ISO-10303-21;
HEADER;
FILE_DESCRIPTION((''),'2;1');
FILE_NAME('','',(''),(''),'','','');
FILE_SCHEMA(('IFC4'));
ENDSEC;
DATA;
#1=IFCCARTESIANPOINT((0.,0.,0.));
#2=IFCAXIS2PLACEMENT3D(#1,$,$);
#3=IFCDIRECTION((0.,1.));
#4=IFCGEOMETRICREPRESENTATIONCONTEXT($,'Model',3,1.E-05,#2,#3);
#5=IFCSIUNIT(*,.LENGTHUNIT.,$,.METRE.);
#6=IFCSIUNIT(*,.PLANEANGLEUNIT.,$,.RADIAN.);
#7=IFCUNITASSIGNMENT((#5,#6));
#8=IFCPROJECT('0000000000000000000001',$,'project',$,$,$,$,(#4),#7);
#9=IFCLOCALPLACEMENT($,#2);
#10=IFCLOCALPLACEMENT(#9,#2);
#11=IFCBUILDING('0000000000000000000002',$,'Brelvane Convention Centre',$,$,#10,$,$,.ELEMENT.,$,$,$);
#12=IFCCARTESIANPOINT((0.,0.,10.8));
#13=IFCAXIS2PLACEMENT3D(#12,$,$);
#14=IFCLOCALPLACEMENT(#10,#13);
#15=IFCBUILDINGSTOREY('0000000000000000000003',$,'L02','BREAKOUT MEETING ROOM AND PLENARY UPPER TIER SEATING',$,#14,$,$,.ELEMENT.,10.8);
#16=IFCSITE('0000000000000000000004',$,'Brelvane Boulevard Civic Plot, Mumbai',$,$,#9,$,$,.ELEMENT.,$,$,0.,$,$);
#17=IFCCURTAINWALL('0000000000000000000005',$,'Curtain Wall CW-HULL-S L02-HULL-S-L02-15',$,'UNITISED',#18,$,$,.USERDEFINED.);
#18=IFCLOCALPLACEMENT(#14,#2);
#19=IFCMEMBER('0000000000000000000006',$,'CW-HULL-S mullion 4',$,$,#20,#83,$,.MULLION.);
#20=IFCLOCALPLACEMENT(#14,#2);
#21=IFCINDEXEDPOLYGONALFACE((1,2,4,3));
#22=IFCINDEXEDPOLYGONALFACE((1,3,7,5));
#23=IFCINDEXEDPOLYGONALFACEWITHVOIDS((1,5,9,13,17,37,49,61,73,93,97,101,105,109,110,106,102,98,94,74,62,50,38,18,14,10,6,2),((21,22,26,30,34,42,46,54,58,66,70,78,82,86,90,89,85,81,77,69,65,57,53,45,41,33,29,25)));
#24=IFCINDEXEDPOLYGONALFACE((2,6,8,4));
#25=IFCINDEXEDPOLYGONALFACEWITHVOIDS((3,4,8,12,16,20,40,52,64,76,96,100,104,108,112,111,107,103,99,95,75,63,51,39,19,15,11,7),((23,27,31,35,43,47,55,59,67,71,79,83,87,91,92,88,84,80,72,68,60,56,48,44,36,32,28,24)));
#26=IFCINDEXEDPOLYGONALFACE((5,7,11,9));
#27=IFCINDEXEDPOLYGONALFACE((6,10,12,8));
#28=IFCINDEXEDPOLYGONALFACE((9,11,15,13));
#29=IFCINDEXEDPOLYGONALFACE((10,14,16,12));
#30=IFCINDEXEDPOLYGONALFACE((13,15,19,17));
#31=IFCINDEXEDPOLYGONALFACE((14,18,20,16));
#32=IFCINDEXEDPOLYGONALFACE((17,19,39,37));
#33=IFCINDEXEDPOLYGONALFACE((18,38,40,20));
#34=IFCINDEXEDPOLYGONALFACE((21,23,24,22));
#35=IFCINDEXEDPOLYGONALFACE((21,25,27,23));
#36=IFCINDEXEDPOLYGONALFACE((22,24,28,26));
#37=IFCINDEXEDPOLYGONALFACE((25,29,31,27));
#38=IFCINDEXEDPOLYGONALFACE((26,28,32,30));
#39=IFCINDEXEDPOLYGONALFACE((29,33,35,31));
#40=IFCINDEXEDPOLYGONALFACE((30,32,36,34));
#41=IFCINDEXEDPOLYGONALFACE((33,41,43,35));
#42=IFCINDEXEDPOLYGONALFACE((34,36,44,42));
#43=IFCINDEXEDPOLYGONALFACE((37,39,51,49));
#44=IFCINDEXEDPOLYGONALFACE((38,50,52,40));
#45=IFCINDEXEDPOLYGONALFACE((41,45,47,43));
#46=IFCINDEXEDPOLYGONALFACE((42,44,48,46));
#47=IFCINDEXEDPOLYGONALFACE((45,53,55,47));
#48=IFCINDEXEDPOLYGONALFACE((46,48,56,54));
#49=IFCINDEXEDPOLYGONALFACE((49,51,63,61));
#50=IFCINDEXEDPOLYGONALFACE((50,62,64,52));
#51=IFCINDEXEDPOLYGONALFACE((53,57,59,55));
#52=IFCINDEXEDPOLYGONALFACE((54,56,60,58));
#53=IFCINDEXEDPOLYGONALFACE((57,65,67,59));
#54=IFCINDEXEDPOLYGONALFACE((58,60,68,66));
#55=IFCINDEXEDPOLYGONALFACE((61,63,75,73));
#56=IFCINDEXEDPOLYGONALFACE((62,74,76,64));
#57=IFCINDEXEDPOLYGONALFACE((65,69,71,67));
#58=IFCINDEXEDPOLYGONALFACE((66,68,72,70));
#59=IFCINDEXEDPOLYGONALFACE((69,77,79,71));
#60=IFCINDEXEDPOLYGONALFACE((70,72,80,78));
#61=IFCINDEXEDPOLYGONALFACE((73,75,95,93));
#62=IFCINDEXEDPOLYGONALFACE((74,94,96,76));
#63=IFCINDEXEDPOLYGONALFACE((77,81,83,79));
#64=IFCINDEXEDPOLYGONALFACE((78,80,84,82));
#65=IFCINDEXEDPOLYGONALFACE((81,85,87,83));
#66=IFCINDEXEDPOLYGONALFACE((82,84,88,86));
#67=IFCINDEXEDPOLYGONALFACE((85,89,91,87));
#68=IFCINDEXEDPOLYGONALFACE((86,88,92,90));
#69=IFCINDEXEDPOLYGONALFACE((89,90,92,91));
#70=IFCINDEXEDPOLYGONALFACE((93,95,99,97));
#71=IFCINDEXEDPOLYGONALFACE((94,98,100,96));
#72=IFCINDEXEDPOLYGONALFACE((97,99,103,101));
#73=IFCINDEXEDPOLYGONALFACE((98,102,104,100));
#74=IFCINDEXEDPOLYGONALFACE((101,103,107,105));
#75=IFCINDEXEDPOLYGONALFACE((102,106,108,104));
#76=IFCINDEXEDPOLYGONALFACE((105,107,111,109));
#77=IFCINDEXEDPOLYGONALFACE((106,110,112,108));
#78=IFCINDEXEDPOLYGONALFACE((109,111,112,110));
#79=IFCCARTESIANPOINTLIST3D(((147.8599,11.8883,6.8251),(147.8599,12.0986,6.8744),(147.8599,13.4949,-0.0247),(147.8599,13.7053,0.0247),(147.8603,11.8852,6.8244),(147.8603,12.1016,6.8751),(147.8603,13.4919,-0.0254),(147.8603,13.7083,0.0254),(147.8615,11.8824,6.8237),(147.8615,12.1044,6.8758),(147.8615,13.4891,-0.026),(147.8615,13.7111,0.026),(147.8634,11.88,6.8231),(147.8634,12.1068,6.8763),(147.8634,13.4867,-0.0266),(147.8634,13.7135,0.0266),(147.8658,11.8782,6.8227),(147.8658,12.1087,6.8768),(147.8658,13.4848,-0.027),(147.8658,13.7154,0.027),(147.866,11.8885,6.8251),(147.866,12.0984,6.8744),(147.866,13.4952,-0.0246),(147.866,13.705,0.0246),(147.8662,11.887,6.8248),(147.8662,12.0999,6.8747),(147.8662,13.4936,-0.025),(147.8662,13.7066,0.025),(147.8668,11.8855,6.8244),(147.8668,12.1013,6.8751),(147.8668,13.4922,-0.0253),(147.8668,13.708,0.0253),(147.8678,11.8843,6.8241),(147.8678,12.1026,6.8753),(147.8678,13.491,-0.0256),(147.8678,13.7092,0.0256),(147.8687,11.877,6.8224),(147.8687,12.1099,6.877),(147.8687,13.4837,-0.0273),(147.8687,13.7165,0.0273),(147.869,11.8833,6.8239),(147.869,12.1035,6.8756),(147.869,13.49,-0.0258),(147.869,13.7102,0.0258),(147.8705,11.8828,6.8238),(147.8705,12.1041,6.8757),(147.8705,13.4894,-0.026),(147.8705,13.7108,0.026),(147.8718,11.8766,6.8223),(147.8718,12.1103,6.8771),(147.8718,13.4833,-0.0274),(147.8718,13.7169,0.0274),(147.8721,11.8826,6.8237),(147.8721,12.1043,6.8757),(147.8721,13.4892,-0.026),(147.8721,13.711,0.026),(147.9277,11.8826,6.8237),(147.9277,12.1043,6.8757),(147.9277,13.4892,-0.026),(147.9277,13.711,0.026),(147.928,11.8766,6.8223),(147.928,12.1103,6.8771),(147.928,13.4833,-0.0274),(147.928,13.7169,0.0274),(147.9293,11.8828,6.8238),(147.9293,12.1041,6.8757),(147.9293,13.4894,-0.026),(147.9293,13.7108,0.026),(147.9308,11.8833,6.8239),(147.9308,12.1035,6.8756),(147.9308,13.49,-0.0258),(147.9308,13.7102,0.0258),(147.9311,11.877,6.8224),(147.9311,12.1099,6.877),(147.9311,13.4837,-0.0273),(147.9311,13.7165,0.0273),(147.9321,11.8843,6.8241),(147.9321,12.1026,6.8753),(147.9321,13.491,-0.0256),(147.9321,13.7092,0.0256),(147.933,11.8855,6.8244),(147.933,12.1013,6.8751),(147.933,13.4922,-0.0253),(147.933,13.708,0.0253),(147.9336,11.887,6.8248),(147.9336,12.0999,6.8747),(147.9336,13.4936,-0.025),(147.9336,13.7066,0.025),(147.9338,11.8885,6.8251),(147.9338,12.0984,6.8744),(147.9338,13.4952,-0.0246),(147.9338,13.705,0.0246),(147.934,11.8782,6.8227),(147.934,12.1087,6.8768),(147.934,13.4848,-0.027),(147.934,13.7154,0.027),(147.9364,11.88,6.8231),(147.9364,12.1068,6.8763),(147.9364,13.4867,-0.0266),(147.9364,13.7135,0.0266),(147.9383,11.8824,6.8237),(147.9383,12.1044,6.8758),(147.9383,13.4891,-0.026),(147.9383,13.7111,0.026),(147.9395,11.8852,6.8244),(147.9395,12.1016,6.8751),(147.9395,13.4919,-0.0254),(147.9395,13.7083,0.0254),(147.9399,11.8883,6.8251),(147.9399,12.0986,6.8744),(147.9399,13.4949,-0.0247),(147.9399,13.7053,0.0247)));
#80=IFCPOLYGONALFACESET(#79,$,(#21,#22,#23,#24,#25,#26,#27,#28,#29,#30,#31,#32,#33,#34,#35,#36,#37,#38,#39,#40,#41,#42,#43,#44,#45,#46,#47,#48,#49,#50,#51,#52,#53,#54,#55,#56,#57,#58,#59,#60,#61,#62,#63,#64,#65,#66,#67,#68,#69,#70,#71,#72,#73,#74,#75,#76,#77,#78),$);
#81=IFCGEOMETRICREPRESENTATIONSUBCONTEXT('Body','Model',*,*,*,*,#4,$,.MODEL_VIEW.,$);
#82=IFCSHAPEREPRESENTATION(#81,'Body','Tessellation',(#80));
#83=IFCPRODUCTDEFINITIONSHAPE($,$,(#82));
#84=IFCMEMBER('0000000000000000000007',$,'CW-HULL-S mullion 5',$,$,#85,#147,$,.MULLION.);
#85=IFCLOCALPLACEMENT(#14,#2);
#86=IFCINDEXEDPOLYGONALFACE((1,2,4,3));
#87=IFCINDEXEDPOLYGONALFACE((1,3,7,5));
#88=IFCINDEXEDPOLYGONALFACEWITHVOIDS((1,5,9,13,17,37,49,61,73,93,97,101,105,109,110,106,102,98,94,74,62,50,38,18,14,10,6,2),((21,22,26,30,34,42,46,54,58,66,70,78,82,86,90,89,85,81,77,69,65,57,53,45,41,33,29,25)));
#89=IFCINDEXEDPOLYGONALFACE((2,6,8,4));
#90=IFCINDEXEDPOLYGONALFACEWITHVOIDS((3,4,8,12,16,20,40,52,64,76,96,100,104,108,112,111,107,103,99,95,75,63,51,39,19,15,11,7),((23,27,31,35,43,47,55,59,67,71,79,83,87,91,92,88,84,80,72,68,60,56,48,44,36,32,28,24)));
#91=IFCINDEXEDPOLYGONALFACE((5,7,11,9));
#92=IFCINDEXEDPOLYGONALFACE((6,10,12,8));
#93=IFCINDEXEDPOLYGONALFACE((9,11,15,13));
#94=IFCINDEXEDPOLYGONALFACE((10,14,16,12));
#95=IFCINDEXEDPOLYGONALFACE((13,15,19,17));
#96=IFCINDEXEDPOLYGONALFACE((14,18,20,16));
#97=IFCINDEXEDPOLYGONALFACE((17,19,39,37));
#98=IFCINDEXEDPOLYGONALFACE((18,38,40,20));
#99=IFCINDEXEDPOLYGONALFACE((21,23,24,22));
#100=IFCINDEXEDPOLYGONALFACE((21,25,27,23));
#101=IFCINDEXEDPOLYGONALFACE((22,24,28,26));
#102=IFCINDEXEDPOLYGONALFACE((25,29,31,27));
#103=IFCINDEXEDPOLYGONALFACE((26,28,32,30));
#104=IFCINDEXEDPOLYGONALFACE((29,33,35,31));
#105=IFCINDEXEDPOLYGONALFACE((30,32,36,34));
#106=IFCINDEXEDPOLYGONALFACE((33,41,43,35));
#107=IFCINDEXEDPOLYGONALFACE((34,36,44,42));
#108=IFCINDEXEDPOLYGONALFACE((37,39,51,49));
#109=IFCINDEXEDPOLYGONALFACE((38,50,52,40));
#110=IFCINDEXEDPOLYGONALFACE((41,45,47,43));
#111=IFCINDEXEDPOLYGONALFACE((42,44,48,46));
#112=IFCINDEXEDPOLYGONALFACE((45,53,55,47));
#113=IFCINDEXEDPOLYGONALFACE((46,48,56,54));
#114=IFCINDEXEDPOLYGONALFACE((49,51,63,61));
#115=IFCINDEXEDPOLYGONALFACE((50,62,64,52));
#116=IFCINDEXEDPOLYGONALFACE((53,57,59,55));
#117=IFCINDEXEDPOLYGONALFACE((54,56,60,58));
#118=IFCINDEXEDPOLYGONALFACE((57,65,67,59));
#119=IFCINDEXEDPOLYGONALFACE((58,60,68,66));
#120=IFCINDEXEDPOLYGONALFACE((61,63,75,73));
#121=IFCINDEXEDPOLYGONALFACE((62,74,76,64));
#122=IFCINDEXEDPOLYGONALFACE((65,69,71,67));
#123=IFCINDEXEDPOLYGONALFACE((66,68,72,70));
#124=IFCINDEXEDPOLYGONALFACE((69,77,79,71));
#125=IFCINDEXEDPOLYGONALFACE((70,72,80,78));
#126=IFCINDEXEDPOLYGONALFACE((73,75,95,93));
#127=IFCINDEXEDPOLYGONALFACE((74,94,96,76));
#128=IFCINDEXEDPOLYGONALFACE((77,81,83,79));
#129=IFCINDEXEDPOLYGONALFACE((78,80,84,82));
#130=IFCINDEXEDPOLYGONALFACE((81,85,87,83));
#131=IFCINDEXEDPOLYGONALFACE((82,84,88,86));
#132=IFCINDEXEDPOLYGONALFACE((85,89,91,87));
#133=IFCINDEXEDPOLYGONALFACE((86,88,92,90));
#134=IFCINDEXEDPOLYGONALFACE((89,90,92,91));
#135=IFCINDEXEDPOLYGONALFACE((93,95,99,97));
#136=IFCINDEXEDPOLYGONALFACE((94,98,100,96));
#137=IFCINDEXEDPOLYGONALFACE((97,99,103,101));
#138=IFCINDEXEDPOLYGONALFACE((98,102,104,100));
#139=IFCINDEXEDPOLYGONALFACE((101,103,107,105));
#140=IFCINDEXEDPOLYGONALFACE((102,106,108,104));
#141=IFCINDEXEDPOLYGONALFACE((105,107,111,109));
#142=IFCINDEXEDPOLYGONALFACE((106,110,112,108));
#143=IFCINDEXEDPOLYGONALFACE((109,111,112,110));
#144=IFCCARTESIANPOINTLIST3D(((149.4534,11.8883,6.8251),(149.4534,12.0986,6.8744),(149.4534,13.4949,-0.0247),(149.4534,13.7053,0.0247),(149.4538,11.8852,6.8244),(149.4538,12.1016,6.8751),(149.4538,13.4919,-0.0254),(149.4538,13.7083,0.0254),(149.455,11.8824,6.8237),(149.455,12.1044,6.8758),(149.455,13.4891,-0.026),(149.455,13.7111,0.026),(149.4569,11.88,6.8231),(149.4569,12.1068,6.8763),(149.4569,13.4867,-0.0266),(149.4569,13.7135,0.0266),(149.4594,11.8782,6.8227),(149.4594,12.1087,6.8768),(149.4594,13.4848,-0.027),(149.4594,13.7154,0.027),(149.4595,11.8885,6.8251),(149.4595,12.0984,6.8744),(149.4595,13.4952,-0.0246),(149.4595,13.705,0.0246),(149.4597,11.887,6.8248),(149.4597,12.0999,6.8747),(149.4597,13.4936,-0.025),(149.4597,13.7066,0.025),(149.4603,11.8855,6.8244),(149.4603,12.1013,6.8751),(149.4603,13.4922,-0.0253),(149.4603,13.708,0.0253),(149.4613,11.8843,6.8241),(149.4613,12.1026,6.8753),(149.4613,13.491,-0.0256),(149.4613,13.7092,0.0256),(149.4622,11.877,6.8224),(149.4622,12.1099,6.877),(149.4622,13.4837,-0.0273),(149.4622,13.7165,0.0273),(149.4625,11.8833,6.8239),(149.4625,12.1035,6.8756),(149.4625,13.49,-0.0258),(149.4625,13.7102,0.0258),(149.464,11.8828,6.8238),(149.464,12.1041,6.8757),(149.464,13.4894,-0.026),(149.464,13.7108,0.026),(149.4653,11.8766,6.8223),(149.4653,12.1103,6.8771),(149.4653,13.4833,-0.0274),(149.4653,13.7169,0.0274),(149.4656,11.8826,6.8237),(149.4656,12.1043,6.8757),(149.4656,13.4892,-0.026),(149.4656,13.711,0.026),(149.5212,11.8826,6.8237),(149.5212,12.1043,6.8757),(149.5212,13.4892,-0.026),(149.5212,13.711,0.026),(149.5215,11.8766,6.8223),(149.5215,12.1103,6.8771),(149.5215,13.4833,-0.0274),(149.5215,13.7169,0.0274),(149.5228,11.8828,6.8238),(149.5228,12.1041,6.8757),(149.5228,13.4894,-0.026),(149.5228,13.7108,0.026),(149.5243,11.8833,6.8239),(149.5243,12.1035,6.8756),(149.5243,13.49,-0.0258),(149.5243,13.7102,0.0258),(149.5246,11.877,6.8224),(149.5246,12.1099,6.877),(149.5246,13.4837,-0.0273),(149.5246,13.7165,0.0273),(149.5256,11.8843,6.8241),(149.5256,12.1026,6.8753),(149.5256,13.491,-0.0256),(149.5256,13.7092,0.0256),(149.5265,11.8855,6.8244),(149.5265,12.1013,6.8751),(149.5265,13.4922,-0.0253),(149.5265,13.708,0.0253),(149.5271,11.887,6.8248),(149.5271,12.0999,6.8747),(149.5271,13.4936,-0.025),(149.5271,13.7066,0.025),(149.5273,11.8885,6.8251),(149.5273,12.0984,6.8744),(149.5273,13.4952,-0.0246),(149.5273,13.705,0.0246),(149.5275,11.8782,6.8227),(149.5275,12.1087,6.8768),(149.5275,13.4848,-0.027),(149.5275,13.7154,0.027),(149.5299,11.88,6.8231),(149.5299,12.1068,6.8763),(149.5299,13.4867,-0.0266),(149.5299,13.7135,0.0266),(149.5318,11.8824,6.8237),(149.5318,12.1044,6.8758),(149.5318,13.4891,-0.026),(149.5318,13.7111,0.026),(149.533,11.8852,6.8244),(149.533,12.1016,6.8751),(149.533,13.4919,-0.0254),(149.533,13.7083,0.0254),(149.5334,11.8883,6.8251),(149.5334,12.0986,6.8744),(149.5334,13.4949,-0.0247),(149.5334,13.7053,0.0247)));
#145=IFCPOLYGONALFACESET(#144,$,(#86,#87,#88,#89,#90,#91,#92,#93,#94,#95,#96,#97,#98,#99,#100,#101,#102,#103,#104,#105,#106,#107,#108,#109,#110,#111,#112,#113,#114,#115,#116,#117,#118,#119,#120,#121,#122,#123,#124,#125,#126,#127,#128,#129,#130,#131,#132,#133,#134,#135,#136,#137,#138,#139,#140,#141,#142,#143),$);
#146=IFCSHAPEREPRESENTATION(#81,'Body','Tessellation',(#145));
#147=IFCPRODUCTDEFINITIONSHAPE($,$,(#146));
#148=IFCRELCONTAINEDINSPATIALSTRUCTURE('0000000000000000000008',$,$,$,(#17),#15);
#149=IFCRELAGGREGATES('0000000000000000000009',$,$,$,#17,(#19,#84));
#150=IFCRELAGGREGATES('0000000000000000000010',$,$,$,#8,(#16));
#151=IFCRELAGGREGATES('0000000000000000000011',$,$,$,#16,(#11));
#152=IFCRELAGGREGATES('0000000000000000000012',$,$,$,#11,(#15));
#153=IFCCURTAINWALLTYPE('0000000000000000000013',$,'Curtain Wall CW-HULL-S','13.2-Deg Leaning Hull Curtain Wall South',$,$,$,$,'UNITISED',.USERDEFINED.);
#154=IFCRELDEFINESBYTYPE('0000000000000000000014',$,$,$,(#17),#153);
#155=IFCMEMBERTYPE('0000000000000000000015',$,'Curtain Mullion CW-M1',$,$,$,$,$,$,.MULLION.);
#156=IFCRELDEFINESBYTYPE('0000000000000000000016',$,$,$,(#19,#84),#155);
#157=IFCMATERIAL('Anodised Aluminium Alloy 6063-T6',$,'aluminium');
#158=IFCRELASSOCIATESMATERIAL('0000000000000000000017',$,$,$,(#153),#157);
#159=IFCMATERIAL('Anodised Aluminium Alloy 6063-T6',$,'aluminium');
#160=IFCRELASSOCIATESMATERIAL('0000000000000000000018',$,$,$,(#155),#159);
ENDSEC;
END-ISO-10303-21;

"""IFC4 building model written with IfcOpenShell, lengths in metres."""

from ifc_helpers import new_model, si_unit, direction, frame, origin, origin_2d, place, context, subcontext, project, spatial, hollow_rectangle, extrude, material, material_profile, profile_set, type_object, element, aggregate, save


model = new_model("IFC4")

# Units and contexts
model_context = context("Model", 3, precision=1e-05, world=origin(), true_north=direction((0.0, 1.0)))
body_context = subcontext(model_context, "Body", "Model", "MODEL_VIEW")
ifc_project = project(units=[si_unit("LENGTHUNIT", "METRE"), si_unit("PLANEANGLEUNIT", "RADIAN")], contexts=[model_context])

# Site, building, storey
site_placement = place(None, origin())
site = spatial("IfcSite", under=ifc_project, at=site_placement, Name="Brelvane Boulevard Civic Plot, Mumbai", CompositionType="ELEMENT", RefElevation=0.0)
building_placement = place(site_placement, origin())
building = spatial("IfcBuilding", under=site, at=building_placement, Name="Brelvane Convention Centre", CompositionType="ELEMENT")
storey_placement = place(building_placement, frame((0.0, 0.0, 10.8)))
storey = spatial("IfcBuildingStorey", under=building, at=storey_placement, Name="L02", Description="BREAKOUT MEETING ROOM AND PLENARY UPPER TIER SEATING", CompositionType="ELEMENT", Elevation=10.8)

# Curtain wall, members
ifc_material_1 = material(Name="Anodised Aluminium Alloy 6063-T6", Category="aluminium")
curtain_wall_type = type_object("IfcCurtainWallType", Name="Curtain Wall CW-HULL-S", Description="13.2-Deg Leaning Hull Curtain Wall South", ElementType="UNITISED", PredefinedType="USERDEFINED", material=ifc_material_1)
curtain_wall_1_placement = place(storey_placement, origin())
curtain_wall_1 = element("IfcCurtainWall", 1, at=curtain_wall_1_placement, inside=storey, type_object=curtain_wall_type, Name="Curtain Wall CW-HULL-S L02-HULL-S-L02-15", ObjectType="UNITISED", PredefinedType="USERDEFINED")
ifc_material_2 = material(Name="Anodised Aluminium Alloy 6063-T6", Category="aluminium")
ifc_material_profile_1 = material_profile(ifc_material_2, hollow_rectangle(XDim=0.0801, YDim=0.24, WallThickness=0.0061, InnerFilletRadius=0.0061, OuterFilletRadius=0.012, at=origin_2d()), Name="ALU-M 240x80x6.0")
ifc_profile_set_1 = profile_set([ifc_material_profile_1], Name="Anodised Aluminium Alloy 6063-T6")
member_type_1 = type_object("IfcMemberType", Name="Curtain Mullion CW-M1", PredefinedType="MULLION", material=ifc_profile_set_1)
member_1_placement = place(storey_placement, frame((147.8999, 13.6001, 0.0), z_axis=(0.0, -0.22836, 0.973577), x_axis=(1.0, 0.0, 0.0)))
member_1 = element("IfcMember", 2, at=member_1_placement, type_object=member_type_1, Name="CW-HULL-S mullion 4", PredefinedType="MULLION", context=body_context, shape_type="SweptSolid", body=[
    extrude(hollow_rectangle(XDim=0.0801, YDim=0.24, WallThickness=0.0061, InnerFilletRadius=0.0061, OuterFilletRadius=0.012, at=origin_2d()), origin(), (0.0, 0.0, 1.0), 7.0356),
])
member_2_placement = place(storey_placement, frame((149.4934, 13.6001, 0.0), z_axis=(0.0, -0.22836, 0.973577), x_axis=(1.0, 0.0, 0.0)))
member_2 = element("IfcMember", 3, at=member_2_placement, type_object=member_type_1, Name="CW-HULL-S mullion 5", PredefinedType="MULLION", context=body_context, shape_type="SweptSolid", body=[
    extrude(hollow_rectangle(XDim=0.0801, YDim=0.24, WallThickness=0.0061, InnerFilletRadius=0.0061, OuterFilletRadius=0.012, at=origin_2d()), origin(), (0.0, 0.0, 1.0), 7.0356),
])

aggregate(curtain_wall_1, [member_1, member_2])

save(model, "model.ifc")
